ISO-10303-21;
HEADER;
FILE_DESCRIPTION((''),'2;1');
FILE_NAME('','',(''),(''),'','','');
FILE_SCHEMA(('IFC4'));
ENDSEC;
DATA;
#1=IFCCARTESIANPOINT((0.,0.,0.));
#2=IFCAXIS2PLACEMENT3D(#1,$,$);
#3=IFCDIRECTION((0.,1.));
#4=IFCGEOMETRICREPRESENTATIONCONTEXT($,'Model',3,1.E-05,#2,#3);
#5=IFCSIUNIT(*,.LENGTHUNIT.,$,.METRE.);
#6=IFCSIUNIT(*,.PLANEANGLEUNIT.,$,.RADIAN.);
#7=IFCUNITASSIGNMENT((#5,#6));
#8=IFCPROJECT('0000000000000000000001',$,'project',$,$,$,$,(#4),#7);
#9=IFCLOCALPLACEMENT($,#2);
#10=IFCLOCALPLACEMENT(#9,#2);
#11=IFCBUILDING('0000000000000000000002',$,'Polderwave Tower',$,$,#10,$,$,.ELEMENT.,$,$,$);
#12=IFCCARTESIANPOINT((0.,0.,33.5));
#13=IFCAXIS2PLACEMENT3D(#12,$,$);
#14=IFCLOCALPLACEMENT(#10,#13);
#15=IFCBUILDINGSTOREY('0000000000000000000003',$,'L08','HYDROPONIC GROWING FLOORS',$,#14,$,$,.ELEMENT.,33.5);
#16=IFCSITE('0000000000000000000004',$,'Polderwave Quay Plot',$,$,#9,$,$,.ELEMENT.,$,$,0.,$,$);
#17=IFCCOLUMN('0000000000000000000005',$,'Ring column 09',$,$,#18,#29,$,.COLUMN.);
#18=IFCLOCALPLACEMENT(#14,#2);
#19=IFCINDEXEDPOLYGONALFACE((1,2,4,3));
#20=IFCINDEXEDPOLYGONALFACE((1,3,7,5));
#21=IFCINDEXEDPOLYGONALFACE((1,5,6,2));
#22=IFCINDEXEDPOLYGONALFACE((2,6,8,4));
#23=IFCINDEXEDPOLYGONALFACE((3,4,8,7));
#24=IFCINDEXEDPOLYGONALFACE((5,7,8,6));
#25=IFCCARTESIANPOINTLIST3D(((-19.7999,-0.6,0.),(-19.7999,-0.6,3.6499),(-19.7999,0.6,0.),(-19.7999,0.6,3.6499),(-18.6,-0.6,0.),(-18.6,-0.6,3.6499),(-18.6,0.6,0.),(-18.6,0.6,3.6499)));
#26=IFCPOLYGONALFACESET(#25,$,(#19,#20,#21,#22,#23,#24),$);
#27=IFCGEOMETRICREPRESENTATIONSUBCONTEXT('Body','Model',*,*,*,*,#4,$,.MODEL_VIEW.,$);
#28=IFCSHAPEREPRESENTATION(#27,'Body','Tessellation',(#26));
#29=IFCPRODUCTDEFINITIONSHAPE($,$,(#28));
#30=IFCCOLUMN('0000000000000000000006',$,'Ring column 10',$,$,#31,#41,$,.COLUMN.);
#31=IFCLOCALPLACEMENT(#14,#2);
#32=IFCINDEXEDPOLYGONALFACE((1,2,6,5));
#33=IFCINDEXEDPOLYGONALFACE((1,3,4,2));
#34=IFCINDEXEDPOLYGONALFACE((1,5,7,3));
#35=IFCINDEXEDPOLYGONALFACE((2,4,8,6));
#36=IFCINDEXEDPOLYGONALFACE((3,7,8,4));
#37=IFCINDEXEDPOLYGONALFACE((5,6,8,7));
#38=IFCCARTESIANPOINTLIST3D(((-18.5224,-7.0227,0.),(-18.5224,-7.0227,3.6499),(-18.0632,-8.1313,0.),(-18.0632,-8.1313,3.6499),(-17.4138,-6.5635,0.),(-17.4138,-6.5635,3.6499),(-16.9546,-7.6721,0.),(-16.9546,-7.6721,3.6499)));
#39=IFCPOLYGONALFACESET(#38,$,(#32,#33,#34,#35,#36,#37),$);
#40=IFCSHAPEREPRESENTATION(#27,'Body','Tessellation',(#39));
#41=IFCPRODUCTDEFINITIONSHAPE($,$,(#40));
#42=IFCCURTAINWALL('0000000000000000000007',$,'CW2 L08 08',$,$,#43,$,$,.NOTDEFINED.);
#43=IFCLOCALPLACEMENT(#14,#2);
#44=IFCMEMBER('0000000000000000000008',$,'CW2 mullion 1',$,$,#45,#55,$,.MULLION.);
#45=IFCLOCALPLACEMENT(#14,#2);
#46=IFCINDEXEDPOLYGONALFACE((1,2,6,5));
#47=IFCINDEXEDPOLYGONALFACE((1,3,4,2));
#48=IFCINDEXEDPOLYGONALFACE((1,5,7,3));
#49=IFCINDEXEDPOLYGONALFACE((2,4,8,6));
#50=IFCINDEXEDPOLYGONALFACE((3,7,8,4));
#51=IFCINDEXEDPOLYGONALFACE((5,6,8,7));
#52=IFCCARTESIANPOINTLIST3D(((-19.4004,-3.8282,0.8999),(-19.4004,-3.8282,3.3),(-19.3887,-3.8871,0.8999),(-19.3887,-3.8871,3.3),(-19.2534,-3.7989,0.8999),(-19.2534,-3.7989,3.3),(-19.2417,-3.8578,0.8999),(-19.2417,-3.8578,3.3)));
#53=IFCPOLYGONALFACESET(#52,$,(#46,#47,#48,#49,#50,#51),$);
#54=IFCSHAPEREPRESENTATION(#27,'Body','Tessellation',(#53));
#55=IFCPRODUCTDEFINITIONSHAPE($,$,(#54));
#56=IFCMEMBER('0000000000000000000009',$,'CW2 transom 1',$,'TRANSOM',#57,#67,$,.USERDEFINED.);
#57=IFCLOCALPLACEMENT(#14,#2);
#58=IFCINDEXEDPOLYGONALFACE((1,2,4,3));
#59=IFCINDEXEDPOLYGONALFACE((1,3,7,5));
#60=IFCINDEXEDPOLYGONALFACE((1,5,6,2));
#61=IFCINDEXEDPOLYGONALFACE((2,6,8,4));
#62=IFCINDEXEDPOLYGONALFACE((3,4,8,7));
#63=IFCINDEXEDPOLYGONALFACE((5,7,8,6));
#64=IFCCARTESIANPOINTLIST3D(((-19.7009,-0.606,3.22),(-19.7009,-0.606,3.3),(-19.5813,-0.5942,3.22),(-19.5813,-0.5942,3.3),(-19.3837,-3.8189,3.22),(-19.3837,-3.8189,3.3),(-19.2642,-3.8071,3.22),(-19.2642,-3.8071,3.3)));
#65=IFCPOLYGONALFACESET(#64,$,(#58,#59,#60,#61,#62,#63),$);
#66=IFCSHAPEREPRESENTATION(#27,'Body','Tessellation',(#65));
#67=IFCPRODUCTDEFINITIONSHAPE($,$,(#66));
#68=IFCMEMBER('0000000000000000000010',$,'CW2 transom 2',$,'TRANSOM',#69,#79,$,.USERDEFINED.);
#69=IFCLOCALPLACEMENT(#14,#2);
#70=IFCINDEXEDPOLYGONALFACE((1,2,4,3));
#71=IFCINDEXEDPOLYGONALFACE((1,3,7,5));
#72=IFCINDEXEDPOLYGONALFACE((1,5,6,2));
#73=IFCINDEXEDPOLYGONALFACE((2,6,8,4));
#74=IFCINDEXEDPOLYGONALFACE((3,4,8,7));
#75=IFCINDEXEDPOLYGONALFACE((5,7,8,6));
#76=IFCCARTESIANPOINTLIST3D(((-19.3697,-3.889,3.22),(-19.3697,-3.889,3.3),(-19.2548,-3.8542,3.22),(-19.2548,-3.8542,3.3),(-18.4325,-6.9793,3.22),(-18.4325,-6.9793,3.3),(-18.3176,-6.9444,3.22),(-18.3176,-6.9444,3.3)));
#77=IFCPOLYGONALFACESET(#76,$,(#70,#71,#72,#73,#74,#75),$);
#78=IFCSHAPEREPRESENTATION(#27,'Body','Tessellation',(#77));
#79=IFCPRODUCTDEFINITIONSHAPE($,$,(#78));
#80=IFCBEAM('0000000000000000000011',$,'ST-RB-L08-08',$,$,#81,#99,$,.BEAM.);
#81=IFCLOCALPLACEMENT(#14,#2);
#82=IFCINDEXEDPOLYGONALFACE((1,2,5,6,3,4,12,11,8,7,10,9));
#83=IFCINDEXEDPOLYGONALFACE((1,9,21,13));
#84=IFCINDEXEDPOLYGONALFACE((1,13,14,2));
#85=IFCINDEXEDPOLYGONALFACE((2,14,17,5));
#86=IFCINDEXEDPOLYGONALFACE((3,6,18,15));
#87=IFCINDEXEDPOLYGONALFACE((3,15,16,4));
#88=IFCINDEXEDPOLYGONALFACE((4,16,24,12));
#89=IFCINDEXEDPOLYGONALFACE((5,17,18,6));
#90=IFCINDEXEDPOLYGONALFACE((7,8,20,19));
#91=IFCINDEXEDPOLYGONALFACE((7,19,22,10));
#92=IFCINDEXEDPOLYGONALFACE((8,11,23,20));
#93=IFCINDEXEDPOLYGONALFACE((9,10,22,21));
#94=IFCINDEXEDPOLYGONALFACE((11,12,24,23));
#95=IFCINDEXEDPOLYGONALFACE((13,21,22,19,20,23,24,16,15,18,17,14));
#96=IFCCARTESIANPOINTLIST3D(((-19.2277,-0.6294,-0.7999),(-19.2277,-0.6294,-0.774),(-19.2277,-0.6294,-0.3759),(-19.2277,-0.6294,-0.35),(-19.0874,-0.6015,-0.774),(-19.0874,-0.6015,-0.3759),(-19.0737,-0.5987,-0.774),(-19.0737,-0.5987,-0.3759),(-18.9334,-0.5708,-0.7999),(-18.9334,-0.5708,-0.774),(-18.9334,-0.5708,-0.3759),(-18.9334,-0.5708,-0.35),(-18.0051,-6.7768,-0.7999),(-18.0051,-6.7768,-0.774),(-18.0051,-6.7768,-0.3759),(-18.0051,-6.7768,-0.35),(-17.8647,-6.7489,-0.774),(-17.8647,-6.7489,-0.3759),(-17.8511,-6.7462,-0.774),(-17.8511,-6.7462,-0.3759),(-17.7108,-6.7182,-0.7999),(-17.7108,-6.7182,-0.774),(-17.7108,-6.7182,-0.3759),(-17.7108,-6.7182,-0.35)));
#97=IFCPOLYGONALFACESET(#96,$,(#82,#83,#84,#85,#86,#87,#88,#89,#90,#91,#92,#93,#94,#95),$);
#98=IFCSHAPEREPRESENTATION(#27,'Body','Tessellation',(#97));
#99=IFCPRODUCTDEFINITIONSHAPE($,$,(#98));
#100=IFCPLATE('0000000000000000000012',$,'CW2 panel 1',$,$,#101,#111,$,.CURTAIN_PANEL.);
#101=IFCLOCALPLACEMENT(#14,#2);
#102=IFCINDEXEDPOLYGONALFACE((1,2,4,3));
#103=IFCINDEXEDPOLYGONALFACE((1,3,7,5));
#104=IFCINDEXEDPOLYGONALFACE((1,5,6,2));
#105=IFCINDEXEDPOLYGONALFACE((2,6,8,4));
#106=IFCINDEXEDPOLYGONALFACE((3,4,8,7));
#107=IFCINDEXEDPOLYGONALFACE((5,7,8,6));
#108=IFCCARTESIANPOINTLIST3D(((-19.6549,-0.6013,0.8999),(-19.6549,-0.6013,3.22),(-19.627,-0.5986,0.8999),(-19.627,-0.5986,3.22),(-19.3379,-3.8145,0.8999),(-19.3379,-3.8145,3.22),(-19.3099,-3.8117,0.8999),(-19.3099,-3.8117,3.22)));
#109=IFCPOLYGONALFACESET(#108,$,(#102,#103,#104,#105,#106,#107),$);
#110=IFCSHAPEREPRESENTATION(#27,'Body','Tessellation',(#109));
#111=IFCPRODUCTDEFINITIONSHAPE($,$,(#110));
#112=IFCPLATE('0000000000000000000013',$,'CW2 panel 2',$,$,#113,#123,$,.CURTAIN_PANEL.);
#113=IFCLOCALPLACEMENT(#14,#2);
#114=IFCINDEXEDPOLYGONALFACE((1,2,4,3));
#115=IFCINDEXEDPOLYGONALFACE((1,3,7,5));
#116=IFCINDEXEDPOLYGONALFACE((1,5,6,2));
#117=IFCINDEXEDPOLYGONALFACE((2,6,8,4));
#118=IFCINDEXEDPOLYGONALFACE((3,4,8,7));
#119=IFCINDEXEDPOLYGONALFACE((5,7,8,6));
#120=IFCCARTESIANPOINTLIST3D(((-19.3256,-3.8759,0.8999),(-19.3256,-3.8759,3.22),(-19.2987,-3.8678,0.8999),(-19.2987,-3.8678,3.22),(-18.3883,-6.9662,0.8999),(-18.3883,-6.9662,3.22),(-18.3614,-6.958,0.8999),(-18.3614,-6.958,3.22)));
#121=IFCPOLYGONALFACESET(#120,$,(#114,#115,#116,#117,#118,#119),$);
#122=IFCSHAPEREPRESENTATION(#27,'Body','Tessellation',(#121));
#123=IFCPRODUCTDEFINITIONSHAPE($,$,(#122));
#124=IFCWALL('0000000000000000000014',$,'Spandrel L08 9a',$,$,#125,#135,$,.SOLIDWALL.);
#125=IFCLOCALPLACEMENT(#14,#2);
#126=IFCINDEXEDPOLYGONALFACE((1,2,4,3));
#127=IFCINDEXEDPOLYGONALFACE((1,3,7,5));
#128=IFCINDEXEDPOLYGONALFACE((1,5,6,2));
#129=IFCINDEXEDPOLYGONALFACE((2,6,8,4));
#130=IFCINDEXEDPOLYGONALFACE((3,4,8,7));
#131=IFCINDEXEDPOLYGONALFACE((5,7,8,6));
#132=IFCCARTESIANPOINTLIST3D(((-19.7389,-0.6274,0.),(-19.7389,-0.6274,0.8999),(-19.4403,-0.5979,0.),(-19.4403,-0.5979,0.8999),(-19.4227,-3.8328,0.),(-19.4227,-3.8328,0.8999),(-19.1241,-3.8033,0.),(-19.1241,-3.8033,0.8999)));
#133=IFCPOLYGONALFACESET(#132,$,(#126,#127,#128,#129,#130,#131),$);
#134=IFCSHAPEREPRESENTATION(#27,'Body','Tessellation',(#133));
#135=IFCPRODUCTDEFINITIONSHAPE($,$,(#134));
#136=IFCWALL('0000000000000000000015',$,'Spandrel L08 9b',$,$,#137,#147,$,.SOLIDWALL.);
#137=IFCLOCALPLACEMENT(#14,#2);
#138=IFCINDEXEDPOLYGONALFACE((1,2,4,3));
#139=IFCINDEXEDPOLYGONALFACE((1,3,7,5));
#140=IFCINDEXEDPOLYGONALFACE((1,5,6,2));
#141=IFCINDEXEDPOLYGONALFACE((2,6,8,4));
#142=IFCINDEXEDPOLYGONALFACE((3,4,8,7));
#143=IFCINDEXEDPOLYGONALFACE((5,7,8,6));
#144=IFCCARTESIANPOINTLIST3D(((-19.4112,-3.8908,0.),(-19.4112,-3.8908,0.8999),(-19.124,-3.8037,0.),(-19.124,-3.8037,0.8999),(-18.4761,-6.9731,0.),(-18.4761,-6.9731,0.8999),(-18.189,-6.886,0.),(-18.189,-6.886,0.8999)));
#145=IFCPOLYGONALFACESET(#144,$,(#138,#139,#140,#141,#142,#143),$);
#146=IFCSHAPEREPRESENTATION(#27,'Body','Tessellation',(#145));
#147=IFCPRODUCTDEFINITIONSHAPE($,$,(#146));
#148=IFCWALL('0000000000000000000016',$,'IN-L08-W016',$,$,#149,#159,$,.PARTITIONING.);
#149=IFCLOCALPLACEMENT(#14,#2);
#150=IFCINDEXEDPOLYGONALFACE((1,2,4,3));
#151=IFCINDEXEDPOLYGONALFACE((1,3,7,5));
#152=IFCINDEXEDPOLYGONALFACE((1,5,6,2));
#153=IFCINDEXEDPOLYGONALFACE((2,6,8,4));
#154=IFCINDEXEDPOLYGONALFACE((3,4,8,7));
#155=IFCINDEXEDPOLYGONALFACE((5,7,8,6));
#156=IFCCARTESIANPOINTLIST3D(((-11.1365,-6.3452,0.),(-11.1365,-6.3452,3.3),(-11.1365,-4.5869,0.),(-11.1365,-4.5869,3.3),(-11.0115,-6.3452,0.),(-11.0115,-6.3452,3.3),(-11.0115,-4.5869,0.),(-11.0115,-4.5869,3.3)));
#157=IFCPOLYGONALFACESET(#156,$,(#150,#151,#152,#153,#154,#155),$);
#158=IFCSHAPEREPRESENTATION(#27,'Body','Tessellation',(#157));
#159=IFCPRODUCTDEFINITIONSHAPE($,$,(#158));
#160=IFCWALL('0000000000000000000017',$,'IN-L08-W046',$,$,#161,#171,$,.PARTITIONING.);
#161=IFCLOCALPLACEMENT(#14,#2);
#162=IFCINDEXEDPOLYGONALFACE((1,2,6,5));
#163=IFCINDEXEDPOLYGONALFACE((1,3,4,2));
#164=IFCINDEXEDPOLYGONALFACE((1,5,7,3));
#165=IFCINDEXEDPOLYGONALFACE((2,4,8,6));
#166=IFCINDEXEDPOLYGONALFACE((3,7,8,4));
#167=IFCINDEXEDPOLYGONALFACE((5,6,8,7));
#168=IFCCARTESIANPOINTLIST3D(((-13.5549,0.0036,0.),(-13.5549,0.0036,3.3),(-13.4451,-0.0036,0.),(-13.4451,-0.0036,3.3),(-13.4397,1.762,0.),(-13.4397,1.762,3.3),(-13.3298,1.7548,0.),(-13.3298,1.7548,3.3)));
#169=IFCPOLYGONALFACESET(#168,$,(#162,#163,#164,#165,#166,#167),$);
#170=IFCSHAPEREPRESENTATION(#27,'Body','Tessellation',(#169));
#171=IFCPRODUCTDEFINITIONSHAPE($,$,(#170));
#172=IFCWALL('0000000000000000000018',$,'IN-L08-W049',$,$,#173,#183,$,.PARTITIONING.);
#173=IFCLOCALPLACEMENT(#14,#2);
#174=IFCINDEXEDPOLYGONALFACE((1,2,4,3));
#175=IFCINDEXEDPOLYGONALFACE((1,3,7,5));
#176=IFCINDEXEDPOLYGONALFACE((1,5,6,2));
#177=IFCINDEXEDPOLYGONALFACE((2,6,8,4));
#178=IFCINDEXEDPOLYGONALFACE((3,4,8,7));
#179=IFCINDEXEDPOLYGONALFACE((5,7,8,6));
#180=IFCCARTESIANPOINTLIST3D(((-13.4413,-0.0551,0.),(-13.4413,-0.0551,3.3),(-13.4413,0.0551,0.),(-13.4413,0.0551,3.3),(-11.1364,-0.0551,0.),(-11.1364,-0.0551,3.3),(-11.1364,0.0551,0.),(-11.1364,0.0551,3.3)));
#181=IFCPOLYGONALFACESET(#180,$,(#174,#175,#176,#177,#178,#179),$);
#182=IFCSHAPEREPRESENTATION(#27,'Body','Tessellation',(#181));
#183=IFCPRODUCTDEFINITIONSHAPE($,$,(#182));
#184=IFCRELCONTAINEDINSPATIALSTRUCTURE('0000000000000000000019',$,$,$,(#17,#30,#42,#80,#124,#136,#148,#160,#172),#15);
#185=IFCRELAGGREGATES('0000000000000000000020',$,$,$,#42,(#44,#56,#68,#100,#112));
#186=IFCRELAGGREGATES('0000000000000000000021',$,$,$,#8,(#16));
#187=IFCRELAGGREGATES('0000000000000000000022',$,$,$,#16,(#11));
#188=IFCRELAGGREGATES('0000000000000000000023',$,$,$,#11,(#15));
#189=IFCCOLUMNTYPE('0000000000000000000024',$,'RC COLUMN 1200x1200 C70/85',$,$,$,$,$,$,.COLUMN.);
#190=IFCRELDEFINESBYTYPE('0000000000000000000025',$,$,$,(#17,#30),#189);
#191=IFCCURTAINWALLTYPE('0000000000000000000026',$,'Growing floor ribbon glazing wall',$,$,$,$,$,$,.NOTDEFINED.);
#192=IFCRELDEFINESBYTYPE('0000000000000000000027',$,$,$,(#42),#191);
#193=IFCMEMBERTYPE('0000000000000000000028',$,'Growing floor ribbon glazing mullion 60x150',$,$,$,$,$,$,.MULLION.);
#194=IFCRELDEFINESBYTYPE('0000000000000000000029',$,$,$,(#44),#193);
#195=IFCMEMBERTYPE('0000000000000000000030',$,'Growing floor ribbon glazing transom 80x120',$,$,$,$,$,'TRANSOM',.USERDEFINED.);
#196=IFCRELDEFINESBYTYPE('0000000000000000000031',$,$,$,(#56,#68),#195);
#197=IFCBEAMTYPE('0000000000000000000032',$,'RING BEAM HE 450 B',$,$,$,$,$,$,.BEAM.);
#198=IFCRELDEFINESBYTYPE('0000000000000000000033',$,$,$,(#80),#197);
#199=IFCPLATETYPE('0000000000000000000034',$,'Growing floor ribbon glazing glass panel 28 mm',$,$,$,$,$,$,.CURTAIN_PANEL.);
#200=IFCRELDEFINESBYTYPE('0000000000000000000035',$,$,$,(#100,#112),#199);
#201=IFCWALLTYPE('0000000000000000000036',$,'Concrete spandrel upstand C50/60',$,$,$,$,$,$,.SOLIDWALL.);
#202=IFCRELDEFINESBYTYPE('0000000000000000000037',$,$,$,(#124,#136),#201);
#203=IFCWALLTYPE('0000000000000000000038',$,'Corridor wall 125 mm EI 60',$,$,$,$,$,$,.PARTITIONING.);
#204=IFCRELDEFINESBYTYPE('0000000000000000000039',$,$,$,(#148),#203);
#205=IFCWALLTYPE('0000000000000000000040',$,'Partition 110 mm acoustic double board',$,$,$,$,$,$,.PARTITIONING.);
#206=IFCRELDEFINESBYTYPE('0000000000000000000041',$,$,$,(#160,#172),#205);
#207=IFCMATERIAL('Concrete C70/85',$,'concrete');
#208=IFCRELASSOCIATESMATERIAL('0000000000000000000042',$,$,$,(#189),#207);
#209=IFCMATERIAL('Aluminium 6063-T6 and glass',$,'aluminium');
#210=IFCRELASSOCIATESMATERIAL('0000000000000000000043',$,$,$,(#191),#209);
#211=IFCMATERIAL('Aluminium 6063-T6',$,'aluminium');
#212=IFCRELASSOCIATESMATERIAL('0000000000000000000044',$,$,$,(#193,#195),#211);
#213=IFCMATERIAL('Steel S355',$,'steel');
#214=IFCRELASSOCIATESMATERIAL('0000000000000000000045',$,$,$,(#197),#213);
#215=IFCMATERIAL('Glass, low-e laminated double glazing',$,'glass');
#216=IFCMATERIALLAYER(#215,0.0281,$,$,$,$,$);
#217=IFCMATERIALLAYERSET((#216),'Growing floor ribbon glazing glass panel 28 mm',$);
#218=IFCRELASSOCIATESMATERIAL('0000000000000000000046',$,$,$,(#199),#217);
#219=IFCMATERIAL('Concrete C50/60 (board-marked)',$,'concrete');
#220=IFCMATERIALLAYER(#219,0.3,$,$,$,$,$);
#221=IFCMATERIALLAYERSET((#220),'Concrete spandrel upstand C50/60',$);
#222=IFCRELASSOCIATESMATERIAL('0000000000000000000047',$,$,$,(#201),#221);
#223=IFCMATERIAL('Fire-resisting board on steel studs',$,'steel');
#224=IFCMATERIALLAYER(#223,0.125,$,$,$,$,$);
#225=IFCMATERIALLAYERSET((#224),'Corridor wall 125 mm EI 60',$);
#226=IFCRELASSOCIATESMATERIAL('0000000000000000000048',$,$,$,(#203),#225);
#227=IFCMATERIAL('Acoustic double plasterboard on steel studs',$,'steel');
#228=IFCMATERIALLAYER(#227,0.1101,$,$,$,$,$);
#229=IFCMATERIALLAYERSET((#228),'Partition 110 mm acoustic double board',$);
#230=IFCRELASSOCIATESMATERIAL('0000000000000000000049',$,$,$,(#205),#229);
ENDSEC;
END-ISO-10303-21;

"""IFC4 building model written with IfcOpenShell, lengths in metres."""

from ifc_helpers import new_model, si_unit, direction, frame, frame_2d, origin, origin_2d, place, context, subcontext, project, spatial, rectangle, i_section, extrude, material, layer, layer_set, material_profile, profile_set, type_object, element, aggregate, save


model = new_model("IFC4")

# Units and contexts
model_context = context("Model", 3, precision=1e-05, world=origin(), true_north=direction((0.0, 1.0)))
body_context = subcontext(model_context, "Body", "Model", "MODEL_VIEW")
ifc_project = project(units=[si_unit("LENGTHUNIT", "METRE"), si_unit("PLANEANGLEUNIT", "RADIAN")], contexts=[model_context])

# Site, building, storey
site_placement = place(None, origin())
site = spatial("IfcSite", under=ifc_project, at=site_placement, Name="Polderwave Quay Plot", CompositionType="ELEMENT", RefElevation=0.0)
building_placement = place(site_placement, origin())
building = spatial("IfcBuilding", under=site, at=building_placement, Name="Polderwave Tower", CompositionType="ELEMENT")
storey_placement = place(building_placement, frame((0.0, 0.0, 33.5)))
storey = spatial("IfcBuildingStorey", under=building, at=storey_placement, Name="L08", Description="HYDROPONIC GROWING FLOORS", CompositionType="ELEMENT", Elevation=33.5)

# Columns
ifc_material_1 = material(Name="Concrete C70/85", Category="concrete")
ifc_material_profile_1 = material_profile(ifc_material_1, rectangle(XDim=1.2, YDim=1.2, at=origin_2d()), Name="RC 1200x1200")
ifc_profile_set_1 = profile_set([ifc_material_profile_1], Name="Concrete C70/85")
column_type = type_object("IfcColumnType", Name="RC COLUMN 1200x1200 C70/85", PredefinedType="COLUMN", material=ifc_profile_set_1)
for number, where, z_axis, x_axis, name in (
    (1, (-19.2, 0.0, 0.0), (0.0, 0.0, 1.0), (-1.0, 0.0, 0.0), "Ring column 09"),
    (2, (-17.7385, -7.3474, 0.0), (0.0, 0.0, 1.0), (-0.92388, -0.382683, 0.0), "Ring column 10"),
):
    element("IfcColumn", number, at=place(storey_placement, frame(where, z_axis=z_axis, x_axis=x_axis)), inside=storey, type_object=column_type, Name=name, PredefinedType="COLUMN", context=body_context, shape_type="SweptSolid", body=[
        extrude(rectangle(XDim=1.2, YDim=1.2, at=origin_2d()), origin(), (0.0, 0.0, 1.0), 3.6499),
    ])

# Curtain wall, members
ifc_material_2 = material(Name="Aluminium 6063-T6 and glass", Category="aluminium")
curtain_wall_type = type_object("IfcCurtainWallType", Name="Growing floor ribbon glazing wall", PredefinedType="NOTDEFINED", material=ifc_material_2)
curtain_wall_placement = place(storey_placement, origin())
curtain_wall = element("IfcCurtainWall", 3, at=curtain_wall_placement, inside=storey, type_object=curtain_wall_type, Name="CW2 L08 08", PredefinedType="NOTDEFINED")
ifc_material_3 = material(Name="Aluminium 6063-T6", Category="aluminium")
ifc_material_profile_2 = material_profile(ifc_material_3, rectangle(XDim=0.1499, YDim=0.0601, at=origin_2d()), Name="AL 60x150")
ifc_profile_set_2 = profile_set([ifc_material_profile_2], Name="Aluminium 6063-T6")
member_type_1 = type_object("IfcMemberType", Name="Growing floor ribbon glazing mullion 60x150", PredefinedType="MULLION", material=ifc_profile_set_2)
member_1_placement = place(storey_placement, frame((-19.321, -3.843, 0.8999), z_axis=(0.0, 0.0, 1.0), x_axis=(0.980772, 0.195159, 0.0)))
member_1 = element("IfcMember", 4, at=member_1_placement, type_object=member_type_1, Name="CW2 mullion 1", PredefinedType="MULLION", context=body_context, shape_type="SweptSolid", body=[
    extrude(rectangle(XDim=0.1499, YDim=0.0601, at=origin_2d()), origin(), (0.0, 0.0, 1.0), 2.4001),
])
ifc_material_profile_3 = material_profile(ifc_material_3, rectangle(XDim=0.1201, YDim=0.0801, at=origin_2d()), Name="AL 80x120")
ifc_profile_set_3 = profile_set([ifc_material_profile_3], Name="Aluminium 6063-T6")
member_type_2 = type_object("IfcMemberType", Name="Growing floor ribbon glazing transom 80x120", ElementType="TRANSOM", PredefinedType="USERDEFINED", material=ifc_profile_set_3)
member_2_placement = place(storey_placement, frame((-19.6411, -0.6001, 3.26), z_axis=(0.098231, -0.995164, 0.0), x_axis=(0.995164, 0.098231, 0.0)))
member_2 = element("IfcMember", 5, at=member_2_placement, type_object=member_type_2, Name="CW2 transom 1", ObjectType="TRANSOM", PredefinedType="USERDEFINED", context=body_context, shape_type="SweptSolid", body=[
    extrude(rectangle(XDim=0.1201, YDim=0.0801, at=origin_2d()), origin(), (0.0, 0.0, 1.0), 3.2285),
])
member_3_placement = place(storey_placement, frame((-19.3123, -3.8716, 3.26), z_axis=(0.290232, -0.956956, 0.0), x_axis=(0.956956, 0.290232, 0.0)))
member_3 = element("IfcMember", 6, at=member_3_placement, type_object=member_type_2, Name="CW2 transom 2", ObjectType="TRANSOM", PredefinedType="USERDEFINED", context=body_context, shape_type="SweptSolid", body=[
    extrude(rectangle(XDim=0.1201, YDim=0.0801, at=origin_2d()), origin(), (0.0, 0.0, 1.0), 3.2292),
])

# Beam
ifc_material_4 = material(Name="Steel S355", Category="steel")
ifc_material_profile_4 = material_profile(ifc_material_4, i_section(OverallWidth=0.3, OverallDepth=0.45, WebThickness=0.0139, FlangeThickness=0.0259, at=origin_2d()), Name="HE 450 B")
ifc_profile_set_4 = profile_set([ifc_material_profile_4], Name="Steel S355")
beam_type = type_object("IfcBeamType", Name="RING BEAM HE 450 B", PredefinedType="BEAM", material=ifc_profile_set_4)
beam_placement = place(storey_placement, frame((-19.0806, -0.6001, -0.575), z_axis=(0.195067, -0.98079, 0.0), x_axis=(0.98079, 0.195067, 0.0)))
element("IfcBeam", 7, at=beam_placement, inside=storey, type_object=beam_type, Name="ST-RB-L08-08", PredefinedType="BEAM", context=body_context, shape_type="SweptSolid", body=[
    extrude(i_section(OverallWidth=0.3, OverallDepth=0.45, WebThickness=0.0139, FlangeThickness=0.0259, at=origin_2d()), origin(), (0.0, 0.0, 1.0), 6.2678),
])

# Plates
ifc_material_5 = material(Name="Glass, low-e laminated double glazing", Category="glass")
ifc_layer_1 = layer(ifc_material_5, 0.0281)
ifc_layer_set_1 = layer_set([ifc_layer_1], Name="Growing floor ribbon glazing glass panel 28 mm")
plate_type = type_object("IfcPlateType", Name="Growing floor ribbon glazing glass panel 28 mm", PredefinedType="CURTAIN_PANEL", material=ifc_layer_set_1)
plate_1_placement = place(storey_placement, frame((-19.4824, -2.2065, 0.8999), z_axis=(0.0, 0.0, 1.0), x_axis=(0.098198, -0.995167, 0.0)))
plate_1 = element("IfcPlate", 8, at=plate_1_placement, type_object=plate_type, Name="CW2 panel 1", PredefinedType="CURTAIN_PANEL", context=body_context, shape_type="SweptSolid", body=[
    extrude(rectangle(XDim=3.2288, YDim=0.0281, at=origin_2d()), origin(), (0.0, 0.0, 1.0), 2.3201),
])
plate_2_placement = place(storey_placement, frame((-18.8435, -5.417, 0.8999), z_axis=(0.0, 0.0, 1.0), x_axis=(0.290246, -0.956952, 0.0)))
plate_2 = element("IfcPlate", 9, at=plate_2_placement, type_object=plate_type, Name="CW2 panel 2", PredefinedType="CURTAIN_PANEL", context=body_context, shape_type="SweptSolid", body=[
    extrude(rectangle(XDim=3.2292, YDim=0.0281, at=origin_2d()), origin(), (0.0, 0.0, 1.0), 2.3201),
])
aggregate(curtain_wall, [member_1, member_2, member_3, plate_1, plate_2])

# Walls
ifc_material_6 = material(Name="Concrete C50/60 (board-marked)", Category="concrete")
ifc_layer_2 = layer(ifc_material_6, 0.3)
ifc_layer_set_2 = layer_set([ifc_layer_2], Name="Concrete spandrel upstand C50/60")
wall_type_1 = type_object("IfcWallType", Name="Concrete spandrel upstand C50/60", PredefinedType="SOLIDWALL", material=ifc_layer_set_2)
for number, where, z_axis, x_axis, name in (
    (10, (-19.5896, -0.6128, 0.0), (0.0, 0.0, 1.0), (0.09816, -0.995171, 0.0), "Spandrel L08 9a"),
    (11, (-19.2676, -3.8474, 0.0), (0.0, 0.0, 1.0), (0.290302, -0.956935, 0.0), "Spandrel L08 9b"),
):
    element("IfcWall", number, at=place(storey_placement, frame(where, z_axis=z_axis, x_axis=x_axis)), inside=storey, type_object=wall_type_1, Name=name, PredefinedType="SOLIDWALL", context=body_context, shape_type="SweptSolid", body=[
        extrude(rectangle(XDim=3.2209, YDim=0.3, at=frame_2d((1.6104, 0.0))), origin(), (0.0, 0.0, 1.0), 0.8999),
    ])
ifc_material_7 = material(Name="Fire-resisting board on steel studs", Category="steel")
ifc_layer_3 = layer(ifc_material_7, 0.125)
ifc_layer_set_3 = layer_set([ifc_layer_3], Name="Corridor wall 125 mm EI 60")
wall_type_2 = type_object("IfcWallType", Name="Corridor wall 125 mm EI 60", PredefinedType="PARTITIONING", material=ifc_layer_set_3)
wall_1_placement = place(storey_placement, frame((-11.074, -6.3452, 0.0), z_axis=(0.0, 0.0, 1.0), x_axis=(0.0, 1.0, 0.0)))
element("IfcWall", 12, at=wall_1_placement, inside=storey, type_object=wall_type_2, Name="IN-L08-W016", PredefinedType="PARTITIONING", context=body_context, shape_type="SweptSolid", body=[
    extrude(rectangle(XDim=1.7583, YDim=0.125, at=frame_2d((0.8792, 0.0))), origin(), (0.0, 0.0, 1.0), 3.3),
])
ifc_material_8 = material(Name="Acoustic double plasterboard on steel studs", Category="steel")
ifc_layer_4 = layer(ifc_material_8, 0.1101)
ifc_layer_set_4 = layer_set([ifc_layer_4], Name="Partition 110 mm acoustic double board")
wall_type_3 = type_object("IfcWallType", Name="Partition 110 mm acoustic double board", PredefinedType="PARTITIONING", material=ifc_layer_set_4)
wall_2_placement = place(storey_placement, frame((-13.5, 0.0, 0.0), z_axis=(0.0, 0.0, 1.0), x_axis=(0.065388, 0.99786, 0.0)))
element("IfcWall", 13, at=wall_2_placement, inside=storey, type_object=wall_type_3, Name="IN-L08-W046", PredefinedType="PARTITIONING", context=body_context, shape_type="SweptSolid", body=[
    extrude(rectangle(XDim=1.7622, YDim=0.1101, at=frame_2d((0.8811, 0.0))), origin(), (0.0, 0.0, 1.0), 3.3),
])
wall_3_placement = place(storey_placement, frame((-11.1365, 0.0, 0.0), z_axis=(0.0, 0.0, 1.0), x_axis=(-1.0, 0.0, 0.0)))
element("IfcWall", 14, at=wall_3_placement, inside=storey, type_object=wall_type_3, Name="IN-L08-W049", PredefinedType="PARTITIONING", context=body_context, shape_type="SweptSolid", body=[
    extrude(rectangle(XDim=2.3049, YDim=0.1101, at=frame_2d((1.1523, 0.0))), origin(), (0.0, 0.0, 1.0), 3.3),
])

save(model, "model.ifc")
